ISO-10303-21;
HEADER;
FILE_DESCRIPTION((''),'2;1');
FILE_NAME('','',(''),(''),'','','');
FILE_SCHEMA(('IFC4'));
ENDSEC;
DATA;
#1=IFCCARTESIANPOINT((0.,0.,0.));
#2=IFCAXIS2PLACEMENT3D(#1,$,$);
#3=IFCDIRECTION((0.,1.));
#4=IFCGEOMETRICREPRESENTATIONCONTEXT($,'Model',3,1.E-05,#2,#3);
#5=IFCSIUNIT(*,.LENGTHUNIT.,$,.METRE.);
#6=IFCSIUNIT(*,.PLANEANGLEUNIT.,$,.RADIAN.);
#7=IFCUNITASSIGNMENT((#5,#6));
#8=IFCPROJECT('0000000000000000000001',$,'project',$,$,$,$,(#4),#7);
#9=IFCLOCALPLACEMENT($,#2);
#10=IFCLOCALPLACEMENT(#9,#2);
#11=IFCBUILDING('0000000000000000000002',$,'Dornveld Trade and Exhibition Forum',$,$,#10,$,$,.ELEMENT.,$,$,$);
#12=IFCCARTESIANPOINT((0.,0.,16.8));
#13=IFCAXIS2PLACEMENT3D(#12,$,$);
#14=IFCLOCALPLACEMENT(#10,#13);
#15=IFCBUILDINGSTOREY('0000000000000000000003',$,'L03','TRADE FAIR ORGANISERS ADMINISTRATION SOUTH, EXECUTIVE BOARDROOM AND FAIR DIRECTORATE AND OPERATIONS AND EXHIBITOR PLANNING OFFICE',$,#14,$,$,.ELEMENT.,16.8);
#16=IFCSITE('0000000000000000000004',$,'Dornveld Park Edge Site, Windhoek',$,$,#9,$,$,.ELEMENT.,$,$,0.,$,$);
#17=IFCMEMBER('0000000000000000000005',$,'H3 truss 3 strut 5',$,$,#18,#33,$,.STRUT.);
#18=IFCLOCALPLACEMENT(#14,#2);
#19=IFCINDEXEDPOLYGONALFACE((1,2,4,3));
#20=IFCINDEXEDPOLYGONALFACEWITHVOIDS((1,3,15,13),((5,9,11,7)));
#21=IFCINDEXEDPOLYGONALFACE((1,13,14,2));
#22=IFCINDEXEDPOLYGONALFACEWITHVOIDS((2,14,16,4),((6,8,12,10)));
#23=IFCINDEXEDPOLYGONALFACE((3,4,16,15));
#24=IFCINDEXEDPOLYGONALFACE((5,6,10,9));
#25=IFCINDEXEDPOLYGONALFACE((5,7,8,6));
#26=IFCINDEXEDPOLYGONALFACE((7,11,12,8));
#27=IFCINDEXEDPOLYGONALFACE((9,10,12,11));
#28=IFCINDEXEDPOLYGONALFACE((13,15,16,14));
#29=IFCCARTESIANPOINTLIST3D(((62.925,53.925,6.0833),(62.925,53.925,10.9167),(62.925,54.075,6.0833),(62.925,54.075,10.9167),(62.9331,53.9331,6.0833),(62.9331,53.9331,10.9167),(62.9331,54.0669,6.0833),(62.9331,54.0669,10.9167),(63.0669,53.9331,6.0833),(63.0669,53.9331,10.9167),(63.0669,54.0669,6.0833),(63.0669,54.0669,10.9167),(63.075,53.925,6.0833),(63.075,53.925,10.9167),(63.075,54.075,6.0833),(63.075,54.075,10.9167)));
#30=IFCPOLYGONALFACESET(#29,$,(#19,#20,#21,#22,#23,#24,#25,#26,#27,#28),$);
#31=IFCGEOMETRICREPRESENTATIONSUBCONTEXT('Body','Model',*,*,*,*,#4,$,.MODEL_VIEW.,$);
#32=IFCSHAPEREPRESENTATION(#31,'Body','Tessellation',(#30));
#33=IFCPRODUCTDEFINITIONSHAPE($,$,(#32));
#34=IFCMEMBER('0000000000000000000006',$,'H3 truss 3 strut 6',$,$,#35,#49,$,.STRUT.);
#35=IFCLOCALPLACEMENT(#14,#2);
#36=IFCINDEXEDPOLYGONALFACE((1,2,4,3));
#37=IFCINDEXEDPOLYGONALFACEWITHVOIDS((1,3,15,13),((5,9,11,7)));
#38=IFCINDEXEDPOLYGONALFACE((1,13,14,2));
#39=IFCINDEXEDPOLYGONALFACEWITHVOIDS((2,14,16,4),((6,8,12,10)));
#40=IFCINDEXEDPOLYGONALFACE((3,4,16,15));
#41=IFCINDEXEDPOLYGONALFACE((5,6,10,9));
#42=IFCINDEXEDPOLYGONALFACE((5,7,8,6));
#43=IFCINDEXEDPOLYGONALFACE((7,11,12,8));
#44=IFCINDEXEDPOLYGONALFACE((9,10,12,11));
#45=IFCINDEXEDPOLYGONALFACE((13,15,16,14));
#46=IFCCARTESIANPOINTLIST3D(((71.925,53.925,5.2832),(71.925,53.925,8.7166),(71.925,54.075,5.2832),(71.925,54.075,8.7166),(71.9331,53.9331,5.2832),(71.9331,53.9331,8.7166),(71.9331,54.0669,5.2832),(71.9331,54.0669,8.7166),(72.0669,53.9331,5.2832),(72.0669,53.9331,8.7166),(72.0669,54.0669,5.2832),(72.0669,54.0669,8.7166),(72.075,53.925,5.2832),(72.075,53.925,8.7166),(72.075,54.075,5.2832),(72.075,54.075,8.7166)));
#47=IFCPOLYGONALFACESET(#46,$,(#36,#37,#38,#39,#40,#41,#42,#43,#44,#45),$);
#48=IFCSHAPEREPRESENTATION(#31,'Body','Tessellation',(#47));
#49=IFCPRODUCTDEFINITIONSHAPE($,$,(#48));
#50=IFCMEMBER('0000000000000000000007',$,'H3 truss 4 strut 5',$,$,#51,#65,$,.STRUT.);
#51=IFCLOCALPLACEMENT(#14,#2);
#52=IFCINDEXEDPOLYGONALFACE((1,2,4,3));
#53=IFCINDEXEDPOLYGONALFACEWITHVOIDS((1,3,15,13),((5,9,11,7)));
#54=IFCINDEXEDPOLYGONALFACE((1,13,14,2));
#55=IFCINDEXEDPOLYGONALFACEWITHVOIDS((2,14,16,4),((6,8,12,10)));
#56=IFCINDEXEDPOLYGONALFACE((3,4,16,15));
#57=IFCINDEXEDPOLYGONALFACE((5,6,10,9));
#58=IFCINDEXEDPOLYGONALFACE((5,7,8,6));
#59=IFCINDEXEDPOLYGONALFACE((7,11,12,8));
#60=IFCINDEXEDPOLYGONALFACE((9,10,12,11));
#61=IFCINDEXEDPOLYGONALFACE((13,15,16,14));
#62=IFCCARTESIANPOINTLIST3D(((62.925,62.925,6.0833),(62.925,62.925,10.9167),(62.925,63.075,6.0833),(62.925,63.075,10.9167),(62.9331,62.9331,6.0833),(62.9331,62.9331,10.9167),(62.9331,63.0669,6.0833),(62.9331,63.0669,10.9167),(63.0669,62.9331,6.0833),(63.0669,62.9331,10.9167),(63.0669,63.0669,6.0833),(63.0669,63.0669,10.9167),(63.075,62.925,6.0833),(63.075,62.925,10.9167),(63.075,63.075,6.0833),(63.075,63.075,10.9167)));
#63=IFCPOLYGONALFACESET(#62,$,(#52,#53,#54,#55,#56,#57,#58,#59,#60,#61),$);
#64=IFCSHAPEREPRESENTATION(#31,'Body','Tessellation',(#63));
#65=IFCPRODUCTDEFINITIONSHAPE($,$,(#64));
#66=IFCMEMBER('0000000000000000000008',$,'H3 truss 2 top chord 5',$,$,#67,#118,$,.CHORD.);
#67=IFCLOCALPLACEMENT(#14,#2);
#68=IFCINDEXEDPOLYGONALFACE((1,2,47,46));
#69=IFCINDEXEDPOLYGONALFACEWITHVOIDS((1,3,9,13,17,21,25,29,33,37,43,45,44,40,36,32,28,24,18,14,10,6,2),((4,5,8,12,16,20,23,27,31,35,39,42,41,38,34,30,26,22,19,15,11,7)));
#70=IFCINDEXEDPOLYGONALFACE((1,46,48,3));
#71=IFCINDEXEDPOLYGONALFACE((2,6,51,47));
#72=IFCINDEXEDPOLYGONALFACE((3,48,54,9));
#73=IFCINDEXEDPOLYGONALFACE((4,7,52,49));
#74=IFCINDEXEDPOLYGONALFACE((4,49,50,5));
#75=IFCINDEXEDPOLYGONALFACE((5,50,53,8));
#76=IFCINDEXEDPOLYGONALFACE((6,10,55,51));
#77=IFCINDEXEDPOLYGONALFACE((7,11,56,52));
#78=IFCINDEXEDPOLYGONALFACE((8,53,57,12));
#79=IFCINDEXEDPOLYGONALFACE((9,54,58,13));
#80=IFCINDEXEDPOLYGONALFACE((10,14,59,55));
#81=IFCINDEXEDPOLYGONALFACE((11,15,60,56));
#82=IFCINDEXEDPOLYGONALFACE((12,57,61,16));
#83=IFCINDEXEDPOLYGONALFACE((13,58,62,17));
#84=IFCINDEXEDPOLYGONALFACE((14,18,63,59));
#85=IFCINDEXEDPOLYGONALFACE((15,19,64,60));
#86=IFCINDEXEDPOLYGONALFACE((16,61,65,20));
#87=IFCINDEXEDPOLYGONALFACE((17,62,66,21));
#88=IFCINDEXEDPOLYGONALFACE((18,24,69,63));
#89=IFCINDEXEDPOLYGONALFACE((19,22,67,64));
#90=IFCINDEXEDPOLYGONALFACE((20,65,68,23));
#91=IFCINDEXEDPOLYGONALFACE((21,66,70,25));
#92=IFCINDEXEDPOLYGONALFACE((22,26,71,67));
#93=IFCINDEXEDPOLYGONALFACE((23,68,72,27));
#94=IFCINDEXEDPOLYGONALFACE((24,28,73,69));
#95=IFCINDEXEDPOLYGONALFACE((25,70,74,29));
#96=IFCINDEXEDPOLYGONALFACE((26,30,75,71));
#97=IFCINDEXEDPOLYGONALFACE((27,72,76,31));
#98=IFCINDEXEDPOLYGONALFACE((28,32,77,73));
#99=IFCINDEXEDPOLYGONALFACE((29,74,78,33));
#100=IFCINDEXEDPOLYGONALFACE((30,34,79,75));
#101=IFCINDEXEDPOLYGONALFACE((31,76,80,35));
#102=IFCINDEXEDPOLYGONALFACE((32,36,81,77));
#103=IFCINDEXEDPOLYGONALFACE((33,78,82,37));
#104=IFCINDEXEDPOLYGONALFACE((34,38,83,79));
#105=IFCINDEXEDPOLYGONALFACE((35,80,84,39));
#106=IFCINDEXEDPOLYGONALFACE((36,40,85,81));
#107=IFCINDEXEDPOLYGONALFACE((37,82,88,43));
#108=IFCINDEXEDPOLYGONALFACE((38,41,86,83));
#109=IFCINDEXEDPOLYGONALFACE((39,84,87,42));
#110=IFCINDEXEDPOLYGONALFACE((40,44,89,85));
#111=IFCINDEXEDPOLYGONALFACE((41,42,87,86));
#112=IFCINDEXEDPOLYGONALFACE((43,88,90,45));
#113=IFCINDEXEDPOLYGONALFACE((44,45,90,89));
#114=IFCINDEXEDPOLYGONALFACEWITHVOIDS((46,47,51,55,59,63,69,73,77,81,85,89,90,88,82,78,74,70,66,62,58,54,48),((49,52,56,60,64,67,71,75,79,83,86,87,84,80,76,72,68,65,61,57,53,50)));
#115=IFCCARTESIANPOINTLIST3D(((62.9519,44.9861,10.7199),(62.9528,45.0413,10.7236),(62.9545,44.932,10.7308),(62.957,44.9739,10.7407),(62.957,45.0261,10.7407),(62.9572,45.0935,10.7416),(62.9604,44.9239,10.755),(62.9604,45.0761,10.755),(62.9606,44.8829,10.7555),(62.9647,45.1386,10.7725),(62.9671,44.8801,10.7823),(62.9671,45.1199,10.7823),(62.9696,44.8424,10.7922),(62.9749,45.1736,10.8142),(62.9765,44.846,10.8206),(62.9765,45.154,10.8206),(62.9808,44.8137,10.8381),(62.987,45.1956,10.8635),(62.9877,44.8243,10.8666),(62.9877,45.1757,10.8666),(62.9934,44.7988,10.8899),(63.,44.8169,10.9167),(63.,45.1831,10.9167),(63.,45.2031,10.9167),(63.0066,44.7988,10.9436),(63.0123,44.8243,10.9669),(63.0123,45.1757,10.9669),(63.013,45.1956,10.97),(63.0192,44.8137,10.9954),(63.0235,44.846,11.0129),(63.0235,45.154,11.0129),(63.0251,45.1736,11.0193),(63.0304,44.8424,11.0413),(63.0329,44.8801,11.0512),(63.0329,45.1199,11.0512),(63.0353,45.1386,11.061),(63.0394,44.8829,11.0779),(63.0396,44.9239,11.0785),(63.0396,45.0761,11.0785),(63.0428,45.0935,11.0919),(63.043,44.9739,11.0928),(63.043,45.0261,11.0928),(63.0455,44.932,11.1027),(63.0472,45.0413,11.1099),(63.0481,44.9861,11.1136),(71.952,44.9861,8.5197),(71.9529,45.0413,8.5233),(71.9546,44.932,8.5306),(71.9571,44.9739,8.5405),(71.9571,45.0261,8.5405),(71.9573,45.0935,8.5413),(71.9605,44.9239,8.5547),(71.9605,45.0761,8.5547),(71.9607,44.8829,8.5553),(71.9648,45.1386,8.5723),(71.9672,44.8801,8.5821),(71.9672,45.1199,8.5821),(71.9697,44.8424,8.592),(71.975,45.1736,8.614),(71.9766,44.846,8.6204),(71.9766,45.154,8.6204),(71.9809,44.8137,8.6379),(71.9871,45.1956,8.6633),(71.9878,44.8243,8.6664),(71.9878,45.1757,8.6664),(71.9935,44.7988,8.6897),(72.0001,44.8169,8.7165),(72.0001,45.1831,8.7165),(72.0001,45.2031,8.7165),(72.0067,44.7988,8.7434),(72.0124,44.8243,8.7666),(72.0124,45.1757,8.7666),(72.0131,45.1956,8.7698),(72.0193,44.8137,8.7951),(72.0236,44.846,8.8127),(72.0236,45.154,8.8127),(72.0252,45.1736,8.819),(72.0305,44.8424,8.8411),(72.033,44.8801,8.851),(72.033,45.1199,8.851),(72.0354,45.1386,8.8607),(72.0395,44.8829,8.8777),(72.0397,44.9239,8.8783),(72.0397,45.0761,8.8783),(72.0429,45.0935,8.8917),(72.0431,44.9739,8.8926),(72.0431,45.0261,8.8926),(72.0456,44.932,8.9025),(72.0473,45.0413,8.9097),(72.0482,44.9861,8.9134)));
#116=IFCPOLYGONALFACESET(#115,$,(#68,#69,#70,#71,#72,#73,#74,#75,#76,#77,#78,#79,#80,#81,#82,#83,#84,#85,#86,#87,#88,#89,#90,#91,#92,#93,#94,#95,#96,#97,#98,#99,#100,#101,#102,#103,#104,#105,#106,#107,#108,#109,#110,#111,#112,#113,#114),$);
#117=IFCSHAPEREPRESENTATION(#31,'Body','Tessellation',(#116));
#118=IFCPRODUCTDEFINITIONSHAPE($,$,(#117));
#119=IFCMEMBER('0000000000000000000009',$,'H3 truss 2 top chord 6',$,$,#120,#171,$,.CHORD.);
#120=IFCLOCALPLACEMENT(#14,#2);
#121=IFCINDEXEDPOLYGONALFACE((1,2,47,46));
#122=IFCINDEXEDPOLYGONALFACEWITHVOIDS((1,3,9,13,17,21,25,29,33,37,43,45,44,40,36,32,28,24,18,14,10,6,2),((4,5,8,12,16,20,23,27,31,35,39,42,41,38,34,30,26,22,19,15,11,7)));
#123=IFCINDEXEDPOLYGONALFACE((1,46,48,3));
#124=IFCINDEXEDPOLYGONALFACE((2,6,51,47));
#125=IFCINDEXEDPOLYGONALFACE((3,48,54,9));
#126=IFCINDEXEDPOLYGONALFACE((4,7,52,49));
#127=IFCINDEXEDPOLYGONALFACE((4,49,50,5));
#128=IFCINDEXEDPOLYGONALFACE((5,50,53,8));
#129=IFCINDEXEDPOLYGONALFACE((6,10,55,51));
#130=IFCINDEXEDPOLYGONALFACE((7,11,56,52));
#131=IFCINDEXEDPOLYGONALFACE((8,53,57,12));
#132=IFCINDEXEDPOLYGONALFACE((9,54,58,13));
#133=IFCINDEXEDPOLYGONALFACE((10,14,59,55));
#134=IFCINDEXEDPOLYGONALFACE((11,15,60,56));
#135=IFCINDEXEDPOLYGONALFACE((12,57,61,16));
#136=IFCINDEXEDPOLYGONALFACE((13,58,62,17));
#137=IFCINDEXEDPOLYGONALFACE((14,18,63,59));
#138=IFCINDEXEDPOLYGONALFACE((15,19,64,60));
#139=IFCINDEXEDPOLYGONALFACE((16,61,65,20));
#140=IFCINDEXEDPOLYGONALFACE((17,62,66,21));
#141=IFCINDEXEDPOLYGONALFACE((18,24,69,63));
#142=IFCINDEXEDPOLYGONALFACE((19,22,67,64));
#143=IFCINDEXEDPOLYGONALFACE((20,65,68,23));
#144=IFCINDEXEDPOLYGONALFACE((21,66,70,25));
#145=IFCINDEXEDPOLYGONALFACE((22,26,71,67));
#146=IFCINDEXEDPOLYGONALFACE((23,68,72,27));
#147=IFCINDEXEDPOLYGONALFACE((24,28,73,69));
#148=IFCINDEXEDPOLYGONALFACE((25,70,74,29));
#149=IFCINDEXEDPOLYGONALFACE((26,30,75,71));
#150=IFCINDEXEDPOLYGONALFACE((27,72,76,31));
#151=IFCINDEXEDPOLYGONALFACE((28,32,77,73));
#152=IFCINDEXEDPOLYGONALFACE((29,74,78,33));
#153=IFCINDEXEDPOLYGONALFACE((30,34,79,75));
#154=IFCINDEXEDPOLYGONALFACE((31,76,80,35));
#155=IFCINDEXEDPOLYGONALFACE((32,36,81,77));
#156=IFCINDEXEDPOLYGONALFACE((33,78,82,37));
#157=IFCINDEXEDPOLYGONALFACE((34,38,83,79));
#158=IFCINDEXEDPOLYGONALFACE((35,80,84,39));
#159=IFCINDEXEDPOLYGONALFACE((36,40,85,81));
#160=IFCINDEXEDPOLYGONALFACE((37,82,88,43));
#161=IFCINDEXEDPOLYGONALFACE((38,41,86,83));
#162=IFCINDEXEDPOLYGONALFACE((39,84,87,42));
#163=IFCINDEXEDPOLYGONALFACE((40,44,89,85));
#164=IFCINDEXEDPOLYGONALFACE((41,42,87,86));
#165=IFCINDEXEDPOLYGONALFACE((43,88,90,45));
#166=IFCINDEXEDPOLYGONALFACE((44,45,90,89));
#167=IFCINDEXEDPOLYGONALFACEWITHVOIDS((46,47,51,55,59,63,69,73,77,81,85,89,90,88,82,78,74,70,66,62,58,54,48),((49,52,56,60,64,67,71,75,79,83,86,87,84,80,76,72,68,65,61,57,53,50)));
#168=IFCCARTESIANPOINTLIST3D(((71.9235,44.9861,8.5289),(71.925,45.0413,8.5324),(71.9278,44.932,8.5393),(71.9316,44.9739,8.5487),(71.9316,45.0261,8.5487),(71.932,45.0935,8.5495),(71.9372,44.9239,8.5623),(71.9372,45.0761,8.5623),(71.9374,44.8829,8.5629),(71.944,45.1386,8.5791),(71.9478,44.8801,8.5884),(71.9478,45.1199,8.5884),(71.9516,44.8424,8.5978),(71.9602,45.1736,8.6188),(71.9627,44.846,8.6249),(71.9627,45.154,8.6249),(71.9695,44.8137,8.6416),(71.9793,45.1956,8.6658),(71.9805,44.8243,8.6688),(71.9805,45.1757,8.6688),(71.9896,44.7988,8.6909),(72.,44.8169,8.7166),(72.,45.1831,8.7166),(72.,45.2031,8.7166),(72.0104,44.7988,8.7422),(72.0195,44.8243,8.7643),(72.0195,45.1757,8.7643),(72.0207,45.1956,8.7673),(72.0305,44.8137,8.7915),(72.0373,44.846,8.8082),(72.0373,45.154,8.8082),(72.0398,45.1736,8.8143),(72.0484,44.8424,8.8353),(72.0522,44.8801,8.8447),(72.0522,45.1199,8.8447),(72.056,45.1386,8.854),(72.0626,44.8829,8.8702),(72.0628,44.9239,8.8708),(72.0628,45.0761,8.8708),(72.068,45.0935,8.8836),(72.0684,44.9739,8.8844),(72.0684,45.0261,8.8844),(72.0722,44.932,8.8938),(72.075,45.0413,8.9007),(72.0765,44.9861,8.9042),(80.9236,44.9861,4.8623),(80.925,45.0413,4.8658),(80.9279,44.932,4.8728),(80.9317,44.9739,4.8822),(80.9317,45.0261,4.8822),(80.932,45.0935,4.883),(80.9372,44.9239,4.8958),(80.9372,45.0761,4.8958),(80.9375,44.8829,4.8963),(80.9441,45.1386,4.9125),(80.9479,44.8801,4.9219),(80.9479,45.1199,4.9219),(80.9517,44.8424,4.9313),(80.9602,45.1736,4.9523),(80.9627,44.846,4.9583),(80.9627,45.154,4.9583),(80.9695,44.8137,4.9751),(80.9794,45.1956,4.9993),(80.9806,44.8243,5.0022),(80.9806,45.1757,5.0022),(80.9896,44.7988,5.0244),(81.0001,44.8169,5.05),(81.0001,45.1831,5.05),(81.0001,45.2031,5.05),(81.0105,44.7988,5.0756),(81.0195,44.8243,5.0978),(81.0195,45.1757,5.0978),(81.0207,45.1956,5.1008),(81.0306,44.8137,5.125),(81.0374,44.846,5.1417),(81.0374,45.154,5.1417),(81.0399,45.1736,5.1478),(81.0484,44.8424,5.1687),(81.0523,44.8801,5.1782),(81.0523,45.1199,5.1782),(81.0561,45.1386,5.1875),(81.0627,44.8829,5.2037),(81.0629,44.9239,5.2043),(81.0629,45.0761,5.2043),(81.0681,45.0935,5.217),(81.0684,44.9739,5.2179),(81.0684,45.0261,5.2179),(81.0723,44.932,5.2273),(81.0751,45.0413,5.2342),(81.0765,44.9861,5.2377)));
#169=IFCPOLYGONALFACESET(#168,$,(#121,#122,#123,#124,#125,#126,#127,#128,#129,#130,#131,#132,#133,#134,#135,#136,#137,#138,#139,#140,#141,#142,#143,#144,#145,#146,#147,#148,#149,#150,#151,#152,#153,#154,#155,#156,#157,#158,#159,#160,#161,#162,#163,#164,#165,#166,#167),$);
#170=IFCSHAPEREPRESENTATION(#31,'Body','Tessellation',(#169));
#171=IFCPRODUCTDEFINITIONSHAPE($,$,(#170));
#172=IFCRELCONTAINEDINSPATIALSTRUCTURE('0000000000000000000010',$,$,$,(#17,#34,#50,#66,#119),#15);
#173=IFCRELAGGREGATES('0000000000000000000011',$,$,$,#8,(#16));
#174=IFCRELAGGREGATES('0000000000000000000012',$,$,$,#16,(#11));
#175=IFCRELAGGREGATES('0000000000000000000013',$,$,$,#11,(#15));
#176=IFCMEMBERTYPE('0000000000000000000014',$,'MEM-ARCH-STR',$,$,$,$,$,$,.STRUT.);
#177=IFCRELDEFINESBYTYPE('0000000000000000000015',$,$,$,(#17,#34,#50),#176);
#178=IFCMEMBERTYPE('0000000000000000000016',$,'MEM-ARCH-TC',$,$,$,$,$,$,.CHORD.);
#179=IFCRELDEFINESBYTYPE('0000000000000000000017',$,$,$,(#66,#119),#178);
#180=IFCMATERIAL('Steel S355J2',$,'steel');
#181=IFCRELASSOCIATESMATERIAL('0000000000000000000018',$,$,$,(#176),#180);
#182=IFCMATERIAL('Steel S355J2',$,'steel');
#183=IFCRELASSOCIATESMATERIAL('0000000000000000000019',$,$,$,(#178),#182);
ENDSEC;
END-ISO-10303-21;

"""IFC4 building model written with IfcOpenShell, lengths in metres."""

from ifc_helpers import new_model, si_unit, direction, frame, origin, origin_2d, place, context, subcontext, project, spatial, hollow_rectangle, hollow_circle, extrude, material, material_profile, profile_set, type_object, element, save


model = new_model("IFC4")

# Units and contexts
model_context = context("Model", 3, precision=1e-05, world=origin(), true_north=direction((0.0, 1.0)))
body_context = subcontext(model_context, "Body", "Model", "MODEL_VIEW")
ifc_project = project(units=[si_unit("LENGTHUNIT", "METRE"), si_unit("PLANEANGLEUNIT", "RADIAN")], contexts=[model_context])

# Site, building, storey
site_placement = place(None, origin())
site = spatial("IfcSite", under=ifc_project, at=site_placement, Name="Dornveld Park Edge Site, Windhoek", CompositionType="ELEMENT", RefElevation=0.0)
building_placement = place(site_placement, origin())
building = spatial("IfcBuilding", under=site, at=building_placement, Name="Dornveld Trade and Exhibition Forum", CompositionType="ELEMENT")
storey_placement = place(building_placement, frame((0.0, 0.0, 16.8)))
storey = spatial("IfcBuildingStorey", under=building, at=storey_placement, Name="L03", Description="TRADE FAIR ORGANISERS ADMINISTRATION SOUTH, EXECUTIVE BOARDROOM AND FAIR DIRECTORATE AND OPERATIONS AND EXHIBITOR PLANNING OFFICE", CompositionType="ELEMENT", Elevation=16.8)

# Members
ifc_material_1 = material(Name="Steel S355J2", Category="steel")
ifc_material_profile_1 = material_profile(ifc_material_1, hollow_rectangle(XDim=0.1499, YDim=0.1499, WallThickness=0.0081, at=origin_2d()), Name="SHS 150x150x8")
ifc_profile_set_1 = profile_set([ifc_material_profile_1], Name="Steel S355J2")
member_type_1 = type_object("IfcMemberType", Name="MEM-ARCH-STR", PredefinedType="STRUT", material=ifc_profile_set_1)
member_1_placement = place(storey_placement, frame((63.0, 54.0, 6.0833), z_axis=(0.0, 0.0, 1.0), x_axis=(1.0, 0.0, 0.0)))
element("IfcMember", 1, at=member_1_placement, inside=storey, type_object=member_type_1, Name="H3 truss 3 strut 5", PredefinedType="STRUT", context=body_context, shape_type="SweptSolid", body=[
    extrude(hollow_rectangle(XDim=0.1499, YDim=0.1499, WallThickness=0.0081, at=origin_2d()), origin(), (0.0, 0.0, 1.0), 4.8335),
])
member_2_placement = place(storey_placement, frame((72.0, 54.0, 5.2832), z_axis=(0.0, 0.0, 1.0), x_axis=(1.0, 0.0, 0.0)))
element("IfcMember", 2, at=member_2_placement, inside=storey, type_object=member_type_1, Name="H3 truss 3 strut 6", PredefinedType="STRUT", context=body_context, shape_type="SweptSolid", body=[
    extrude(hollow_rectangle(XDim=0.1499, YDim=0.1499, WallThickness=0.0081, at=origin_2d()), origin(), (0.0, 0.0, 1.0), 3.4333),
])
member_3_placement = place(storey_placement, frame((63.0, 63.0, 6.0833), z_axis=(0.0, 0.0, 1.0), x_axis=(1.0, 0.0, 0.0)))
element("IfcMember", 3, at=member_3_placement, inside=storey, type_object=member_type_1, Name="H3 truss 4 strut 5", PredefinedType="STRUT", context=body_context, shape_type="SweptSolid", body=[
    extrude(hollow_rectangle(XDim=0.1499, YDim=0.1499, WallThickness=0.0081, at=origin_2d()), origin(), (0.0, 0.0, 1.0), 4.8335),
])
ifc_material_2 = material(Name="Steel S355J2", Category="steel")
ifc_material_profile_2 = material_profile(ifc_material_2, hollow_circle(Radius=0.2031, WallThickness=0.02, at=origin_2d()), Name="CHS 406.4x20")
ifc_profile_set_2 = profile_set([ifc_material_profile_2], Name="Steel S355J2")
member_type_2 = type_object("IfcMemberType", Name="MEM-ARCH-TC", PredefinedType="CHORD", material=ifc_profile_set_2)
member_4_placement = place(storey_placement, frame((63.0, 45.0, 10.9167), z_axis=(0.971394, 0.0, -0.237473), x_axis=(0.0, 1.0, 0.0)))
element("IfcMember", 4, at=member_4_placement, inside=storey, type_object=member_type_2, Name="H3 truss 2 top chord 5", PredefinedType="CHORD", context=body_context, shape_type="SweptSolid", body=[
    extrude(hollow_circle(Radius=0.2031, WallThickness=0.02, at=origin_2d()), origin(), (0.0, 0.0, 1.0), 9.2651),
])
member_5_placement = place(storey_placement, frame((72.0, 45.0, 8.7166), z_axis=(0.926098, 0.0, -0.377283), x_axis=(0.0, 1.0, 0.0)))
element("IfcMember", 5, at=member_5_placement, inside=storey, type_object=member_type_2, Name="H3 truss 2 top chord 6", PredefinedType="CHORD", context=body_context, shape_type="SweptSolid", body=[
    extrude(hollow_circle(Radius=0.2031, WallThickness=0.02, at=origin_2d()), origin(), (0.0, 0.0, 1.0), 9.7183),
])

save(model, "model.ifc")
